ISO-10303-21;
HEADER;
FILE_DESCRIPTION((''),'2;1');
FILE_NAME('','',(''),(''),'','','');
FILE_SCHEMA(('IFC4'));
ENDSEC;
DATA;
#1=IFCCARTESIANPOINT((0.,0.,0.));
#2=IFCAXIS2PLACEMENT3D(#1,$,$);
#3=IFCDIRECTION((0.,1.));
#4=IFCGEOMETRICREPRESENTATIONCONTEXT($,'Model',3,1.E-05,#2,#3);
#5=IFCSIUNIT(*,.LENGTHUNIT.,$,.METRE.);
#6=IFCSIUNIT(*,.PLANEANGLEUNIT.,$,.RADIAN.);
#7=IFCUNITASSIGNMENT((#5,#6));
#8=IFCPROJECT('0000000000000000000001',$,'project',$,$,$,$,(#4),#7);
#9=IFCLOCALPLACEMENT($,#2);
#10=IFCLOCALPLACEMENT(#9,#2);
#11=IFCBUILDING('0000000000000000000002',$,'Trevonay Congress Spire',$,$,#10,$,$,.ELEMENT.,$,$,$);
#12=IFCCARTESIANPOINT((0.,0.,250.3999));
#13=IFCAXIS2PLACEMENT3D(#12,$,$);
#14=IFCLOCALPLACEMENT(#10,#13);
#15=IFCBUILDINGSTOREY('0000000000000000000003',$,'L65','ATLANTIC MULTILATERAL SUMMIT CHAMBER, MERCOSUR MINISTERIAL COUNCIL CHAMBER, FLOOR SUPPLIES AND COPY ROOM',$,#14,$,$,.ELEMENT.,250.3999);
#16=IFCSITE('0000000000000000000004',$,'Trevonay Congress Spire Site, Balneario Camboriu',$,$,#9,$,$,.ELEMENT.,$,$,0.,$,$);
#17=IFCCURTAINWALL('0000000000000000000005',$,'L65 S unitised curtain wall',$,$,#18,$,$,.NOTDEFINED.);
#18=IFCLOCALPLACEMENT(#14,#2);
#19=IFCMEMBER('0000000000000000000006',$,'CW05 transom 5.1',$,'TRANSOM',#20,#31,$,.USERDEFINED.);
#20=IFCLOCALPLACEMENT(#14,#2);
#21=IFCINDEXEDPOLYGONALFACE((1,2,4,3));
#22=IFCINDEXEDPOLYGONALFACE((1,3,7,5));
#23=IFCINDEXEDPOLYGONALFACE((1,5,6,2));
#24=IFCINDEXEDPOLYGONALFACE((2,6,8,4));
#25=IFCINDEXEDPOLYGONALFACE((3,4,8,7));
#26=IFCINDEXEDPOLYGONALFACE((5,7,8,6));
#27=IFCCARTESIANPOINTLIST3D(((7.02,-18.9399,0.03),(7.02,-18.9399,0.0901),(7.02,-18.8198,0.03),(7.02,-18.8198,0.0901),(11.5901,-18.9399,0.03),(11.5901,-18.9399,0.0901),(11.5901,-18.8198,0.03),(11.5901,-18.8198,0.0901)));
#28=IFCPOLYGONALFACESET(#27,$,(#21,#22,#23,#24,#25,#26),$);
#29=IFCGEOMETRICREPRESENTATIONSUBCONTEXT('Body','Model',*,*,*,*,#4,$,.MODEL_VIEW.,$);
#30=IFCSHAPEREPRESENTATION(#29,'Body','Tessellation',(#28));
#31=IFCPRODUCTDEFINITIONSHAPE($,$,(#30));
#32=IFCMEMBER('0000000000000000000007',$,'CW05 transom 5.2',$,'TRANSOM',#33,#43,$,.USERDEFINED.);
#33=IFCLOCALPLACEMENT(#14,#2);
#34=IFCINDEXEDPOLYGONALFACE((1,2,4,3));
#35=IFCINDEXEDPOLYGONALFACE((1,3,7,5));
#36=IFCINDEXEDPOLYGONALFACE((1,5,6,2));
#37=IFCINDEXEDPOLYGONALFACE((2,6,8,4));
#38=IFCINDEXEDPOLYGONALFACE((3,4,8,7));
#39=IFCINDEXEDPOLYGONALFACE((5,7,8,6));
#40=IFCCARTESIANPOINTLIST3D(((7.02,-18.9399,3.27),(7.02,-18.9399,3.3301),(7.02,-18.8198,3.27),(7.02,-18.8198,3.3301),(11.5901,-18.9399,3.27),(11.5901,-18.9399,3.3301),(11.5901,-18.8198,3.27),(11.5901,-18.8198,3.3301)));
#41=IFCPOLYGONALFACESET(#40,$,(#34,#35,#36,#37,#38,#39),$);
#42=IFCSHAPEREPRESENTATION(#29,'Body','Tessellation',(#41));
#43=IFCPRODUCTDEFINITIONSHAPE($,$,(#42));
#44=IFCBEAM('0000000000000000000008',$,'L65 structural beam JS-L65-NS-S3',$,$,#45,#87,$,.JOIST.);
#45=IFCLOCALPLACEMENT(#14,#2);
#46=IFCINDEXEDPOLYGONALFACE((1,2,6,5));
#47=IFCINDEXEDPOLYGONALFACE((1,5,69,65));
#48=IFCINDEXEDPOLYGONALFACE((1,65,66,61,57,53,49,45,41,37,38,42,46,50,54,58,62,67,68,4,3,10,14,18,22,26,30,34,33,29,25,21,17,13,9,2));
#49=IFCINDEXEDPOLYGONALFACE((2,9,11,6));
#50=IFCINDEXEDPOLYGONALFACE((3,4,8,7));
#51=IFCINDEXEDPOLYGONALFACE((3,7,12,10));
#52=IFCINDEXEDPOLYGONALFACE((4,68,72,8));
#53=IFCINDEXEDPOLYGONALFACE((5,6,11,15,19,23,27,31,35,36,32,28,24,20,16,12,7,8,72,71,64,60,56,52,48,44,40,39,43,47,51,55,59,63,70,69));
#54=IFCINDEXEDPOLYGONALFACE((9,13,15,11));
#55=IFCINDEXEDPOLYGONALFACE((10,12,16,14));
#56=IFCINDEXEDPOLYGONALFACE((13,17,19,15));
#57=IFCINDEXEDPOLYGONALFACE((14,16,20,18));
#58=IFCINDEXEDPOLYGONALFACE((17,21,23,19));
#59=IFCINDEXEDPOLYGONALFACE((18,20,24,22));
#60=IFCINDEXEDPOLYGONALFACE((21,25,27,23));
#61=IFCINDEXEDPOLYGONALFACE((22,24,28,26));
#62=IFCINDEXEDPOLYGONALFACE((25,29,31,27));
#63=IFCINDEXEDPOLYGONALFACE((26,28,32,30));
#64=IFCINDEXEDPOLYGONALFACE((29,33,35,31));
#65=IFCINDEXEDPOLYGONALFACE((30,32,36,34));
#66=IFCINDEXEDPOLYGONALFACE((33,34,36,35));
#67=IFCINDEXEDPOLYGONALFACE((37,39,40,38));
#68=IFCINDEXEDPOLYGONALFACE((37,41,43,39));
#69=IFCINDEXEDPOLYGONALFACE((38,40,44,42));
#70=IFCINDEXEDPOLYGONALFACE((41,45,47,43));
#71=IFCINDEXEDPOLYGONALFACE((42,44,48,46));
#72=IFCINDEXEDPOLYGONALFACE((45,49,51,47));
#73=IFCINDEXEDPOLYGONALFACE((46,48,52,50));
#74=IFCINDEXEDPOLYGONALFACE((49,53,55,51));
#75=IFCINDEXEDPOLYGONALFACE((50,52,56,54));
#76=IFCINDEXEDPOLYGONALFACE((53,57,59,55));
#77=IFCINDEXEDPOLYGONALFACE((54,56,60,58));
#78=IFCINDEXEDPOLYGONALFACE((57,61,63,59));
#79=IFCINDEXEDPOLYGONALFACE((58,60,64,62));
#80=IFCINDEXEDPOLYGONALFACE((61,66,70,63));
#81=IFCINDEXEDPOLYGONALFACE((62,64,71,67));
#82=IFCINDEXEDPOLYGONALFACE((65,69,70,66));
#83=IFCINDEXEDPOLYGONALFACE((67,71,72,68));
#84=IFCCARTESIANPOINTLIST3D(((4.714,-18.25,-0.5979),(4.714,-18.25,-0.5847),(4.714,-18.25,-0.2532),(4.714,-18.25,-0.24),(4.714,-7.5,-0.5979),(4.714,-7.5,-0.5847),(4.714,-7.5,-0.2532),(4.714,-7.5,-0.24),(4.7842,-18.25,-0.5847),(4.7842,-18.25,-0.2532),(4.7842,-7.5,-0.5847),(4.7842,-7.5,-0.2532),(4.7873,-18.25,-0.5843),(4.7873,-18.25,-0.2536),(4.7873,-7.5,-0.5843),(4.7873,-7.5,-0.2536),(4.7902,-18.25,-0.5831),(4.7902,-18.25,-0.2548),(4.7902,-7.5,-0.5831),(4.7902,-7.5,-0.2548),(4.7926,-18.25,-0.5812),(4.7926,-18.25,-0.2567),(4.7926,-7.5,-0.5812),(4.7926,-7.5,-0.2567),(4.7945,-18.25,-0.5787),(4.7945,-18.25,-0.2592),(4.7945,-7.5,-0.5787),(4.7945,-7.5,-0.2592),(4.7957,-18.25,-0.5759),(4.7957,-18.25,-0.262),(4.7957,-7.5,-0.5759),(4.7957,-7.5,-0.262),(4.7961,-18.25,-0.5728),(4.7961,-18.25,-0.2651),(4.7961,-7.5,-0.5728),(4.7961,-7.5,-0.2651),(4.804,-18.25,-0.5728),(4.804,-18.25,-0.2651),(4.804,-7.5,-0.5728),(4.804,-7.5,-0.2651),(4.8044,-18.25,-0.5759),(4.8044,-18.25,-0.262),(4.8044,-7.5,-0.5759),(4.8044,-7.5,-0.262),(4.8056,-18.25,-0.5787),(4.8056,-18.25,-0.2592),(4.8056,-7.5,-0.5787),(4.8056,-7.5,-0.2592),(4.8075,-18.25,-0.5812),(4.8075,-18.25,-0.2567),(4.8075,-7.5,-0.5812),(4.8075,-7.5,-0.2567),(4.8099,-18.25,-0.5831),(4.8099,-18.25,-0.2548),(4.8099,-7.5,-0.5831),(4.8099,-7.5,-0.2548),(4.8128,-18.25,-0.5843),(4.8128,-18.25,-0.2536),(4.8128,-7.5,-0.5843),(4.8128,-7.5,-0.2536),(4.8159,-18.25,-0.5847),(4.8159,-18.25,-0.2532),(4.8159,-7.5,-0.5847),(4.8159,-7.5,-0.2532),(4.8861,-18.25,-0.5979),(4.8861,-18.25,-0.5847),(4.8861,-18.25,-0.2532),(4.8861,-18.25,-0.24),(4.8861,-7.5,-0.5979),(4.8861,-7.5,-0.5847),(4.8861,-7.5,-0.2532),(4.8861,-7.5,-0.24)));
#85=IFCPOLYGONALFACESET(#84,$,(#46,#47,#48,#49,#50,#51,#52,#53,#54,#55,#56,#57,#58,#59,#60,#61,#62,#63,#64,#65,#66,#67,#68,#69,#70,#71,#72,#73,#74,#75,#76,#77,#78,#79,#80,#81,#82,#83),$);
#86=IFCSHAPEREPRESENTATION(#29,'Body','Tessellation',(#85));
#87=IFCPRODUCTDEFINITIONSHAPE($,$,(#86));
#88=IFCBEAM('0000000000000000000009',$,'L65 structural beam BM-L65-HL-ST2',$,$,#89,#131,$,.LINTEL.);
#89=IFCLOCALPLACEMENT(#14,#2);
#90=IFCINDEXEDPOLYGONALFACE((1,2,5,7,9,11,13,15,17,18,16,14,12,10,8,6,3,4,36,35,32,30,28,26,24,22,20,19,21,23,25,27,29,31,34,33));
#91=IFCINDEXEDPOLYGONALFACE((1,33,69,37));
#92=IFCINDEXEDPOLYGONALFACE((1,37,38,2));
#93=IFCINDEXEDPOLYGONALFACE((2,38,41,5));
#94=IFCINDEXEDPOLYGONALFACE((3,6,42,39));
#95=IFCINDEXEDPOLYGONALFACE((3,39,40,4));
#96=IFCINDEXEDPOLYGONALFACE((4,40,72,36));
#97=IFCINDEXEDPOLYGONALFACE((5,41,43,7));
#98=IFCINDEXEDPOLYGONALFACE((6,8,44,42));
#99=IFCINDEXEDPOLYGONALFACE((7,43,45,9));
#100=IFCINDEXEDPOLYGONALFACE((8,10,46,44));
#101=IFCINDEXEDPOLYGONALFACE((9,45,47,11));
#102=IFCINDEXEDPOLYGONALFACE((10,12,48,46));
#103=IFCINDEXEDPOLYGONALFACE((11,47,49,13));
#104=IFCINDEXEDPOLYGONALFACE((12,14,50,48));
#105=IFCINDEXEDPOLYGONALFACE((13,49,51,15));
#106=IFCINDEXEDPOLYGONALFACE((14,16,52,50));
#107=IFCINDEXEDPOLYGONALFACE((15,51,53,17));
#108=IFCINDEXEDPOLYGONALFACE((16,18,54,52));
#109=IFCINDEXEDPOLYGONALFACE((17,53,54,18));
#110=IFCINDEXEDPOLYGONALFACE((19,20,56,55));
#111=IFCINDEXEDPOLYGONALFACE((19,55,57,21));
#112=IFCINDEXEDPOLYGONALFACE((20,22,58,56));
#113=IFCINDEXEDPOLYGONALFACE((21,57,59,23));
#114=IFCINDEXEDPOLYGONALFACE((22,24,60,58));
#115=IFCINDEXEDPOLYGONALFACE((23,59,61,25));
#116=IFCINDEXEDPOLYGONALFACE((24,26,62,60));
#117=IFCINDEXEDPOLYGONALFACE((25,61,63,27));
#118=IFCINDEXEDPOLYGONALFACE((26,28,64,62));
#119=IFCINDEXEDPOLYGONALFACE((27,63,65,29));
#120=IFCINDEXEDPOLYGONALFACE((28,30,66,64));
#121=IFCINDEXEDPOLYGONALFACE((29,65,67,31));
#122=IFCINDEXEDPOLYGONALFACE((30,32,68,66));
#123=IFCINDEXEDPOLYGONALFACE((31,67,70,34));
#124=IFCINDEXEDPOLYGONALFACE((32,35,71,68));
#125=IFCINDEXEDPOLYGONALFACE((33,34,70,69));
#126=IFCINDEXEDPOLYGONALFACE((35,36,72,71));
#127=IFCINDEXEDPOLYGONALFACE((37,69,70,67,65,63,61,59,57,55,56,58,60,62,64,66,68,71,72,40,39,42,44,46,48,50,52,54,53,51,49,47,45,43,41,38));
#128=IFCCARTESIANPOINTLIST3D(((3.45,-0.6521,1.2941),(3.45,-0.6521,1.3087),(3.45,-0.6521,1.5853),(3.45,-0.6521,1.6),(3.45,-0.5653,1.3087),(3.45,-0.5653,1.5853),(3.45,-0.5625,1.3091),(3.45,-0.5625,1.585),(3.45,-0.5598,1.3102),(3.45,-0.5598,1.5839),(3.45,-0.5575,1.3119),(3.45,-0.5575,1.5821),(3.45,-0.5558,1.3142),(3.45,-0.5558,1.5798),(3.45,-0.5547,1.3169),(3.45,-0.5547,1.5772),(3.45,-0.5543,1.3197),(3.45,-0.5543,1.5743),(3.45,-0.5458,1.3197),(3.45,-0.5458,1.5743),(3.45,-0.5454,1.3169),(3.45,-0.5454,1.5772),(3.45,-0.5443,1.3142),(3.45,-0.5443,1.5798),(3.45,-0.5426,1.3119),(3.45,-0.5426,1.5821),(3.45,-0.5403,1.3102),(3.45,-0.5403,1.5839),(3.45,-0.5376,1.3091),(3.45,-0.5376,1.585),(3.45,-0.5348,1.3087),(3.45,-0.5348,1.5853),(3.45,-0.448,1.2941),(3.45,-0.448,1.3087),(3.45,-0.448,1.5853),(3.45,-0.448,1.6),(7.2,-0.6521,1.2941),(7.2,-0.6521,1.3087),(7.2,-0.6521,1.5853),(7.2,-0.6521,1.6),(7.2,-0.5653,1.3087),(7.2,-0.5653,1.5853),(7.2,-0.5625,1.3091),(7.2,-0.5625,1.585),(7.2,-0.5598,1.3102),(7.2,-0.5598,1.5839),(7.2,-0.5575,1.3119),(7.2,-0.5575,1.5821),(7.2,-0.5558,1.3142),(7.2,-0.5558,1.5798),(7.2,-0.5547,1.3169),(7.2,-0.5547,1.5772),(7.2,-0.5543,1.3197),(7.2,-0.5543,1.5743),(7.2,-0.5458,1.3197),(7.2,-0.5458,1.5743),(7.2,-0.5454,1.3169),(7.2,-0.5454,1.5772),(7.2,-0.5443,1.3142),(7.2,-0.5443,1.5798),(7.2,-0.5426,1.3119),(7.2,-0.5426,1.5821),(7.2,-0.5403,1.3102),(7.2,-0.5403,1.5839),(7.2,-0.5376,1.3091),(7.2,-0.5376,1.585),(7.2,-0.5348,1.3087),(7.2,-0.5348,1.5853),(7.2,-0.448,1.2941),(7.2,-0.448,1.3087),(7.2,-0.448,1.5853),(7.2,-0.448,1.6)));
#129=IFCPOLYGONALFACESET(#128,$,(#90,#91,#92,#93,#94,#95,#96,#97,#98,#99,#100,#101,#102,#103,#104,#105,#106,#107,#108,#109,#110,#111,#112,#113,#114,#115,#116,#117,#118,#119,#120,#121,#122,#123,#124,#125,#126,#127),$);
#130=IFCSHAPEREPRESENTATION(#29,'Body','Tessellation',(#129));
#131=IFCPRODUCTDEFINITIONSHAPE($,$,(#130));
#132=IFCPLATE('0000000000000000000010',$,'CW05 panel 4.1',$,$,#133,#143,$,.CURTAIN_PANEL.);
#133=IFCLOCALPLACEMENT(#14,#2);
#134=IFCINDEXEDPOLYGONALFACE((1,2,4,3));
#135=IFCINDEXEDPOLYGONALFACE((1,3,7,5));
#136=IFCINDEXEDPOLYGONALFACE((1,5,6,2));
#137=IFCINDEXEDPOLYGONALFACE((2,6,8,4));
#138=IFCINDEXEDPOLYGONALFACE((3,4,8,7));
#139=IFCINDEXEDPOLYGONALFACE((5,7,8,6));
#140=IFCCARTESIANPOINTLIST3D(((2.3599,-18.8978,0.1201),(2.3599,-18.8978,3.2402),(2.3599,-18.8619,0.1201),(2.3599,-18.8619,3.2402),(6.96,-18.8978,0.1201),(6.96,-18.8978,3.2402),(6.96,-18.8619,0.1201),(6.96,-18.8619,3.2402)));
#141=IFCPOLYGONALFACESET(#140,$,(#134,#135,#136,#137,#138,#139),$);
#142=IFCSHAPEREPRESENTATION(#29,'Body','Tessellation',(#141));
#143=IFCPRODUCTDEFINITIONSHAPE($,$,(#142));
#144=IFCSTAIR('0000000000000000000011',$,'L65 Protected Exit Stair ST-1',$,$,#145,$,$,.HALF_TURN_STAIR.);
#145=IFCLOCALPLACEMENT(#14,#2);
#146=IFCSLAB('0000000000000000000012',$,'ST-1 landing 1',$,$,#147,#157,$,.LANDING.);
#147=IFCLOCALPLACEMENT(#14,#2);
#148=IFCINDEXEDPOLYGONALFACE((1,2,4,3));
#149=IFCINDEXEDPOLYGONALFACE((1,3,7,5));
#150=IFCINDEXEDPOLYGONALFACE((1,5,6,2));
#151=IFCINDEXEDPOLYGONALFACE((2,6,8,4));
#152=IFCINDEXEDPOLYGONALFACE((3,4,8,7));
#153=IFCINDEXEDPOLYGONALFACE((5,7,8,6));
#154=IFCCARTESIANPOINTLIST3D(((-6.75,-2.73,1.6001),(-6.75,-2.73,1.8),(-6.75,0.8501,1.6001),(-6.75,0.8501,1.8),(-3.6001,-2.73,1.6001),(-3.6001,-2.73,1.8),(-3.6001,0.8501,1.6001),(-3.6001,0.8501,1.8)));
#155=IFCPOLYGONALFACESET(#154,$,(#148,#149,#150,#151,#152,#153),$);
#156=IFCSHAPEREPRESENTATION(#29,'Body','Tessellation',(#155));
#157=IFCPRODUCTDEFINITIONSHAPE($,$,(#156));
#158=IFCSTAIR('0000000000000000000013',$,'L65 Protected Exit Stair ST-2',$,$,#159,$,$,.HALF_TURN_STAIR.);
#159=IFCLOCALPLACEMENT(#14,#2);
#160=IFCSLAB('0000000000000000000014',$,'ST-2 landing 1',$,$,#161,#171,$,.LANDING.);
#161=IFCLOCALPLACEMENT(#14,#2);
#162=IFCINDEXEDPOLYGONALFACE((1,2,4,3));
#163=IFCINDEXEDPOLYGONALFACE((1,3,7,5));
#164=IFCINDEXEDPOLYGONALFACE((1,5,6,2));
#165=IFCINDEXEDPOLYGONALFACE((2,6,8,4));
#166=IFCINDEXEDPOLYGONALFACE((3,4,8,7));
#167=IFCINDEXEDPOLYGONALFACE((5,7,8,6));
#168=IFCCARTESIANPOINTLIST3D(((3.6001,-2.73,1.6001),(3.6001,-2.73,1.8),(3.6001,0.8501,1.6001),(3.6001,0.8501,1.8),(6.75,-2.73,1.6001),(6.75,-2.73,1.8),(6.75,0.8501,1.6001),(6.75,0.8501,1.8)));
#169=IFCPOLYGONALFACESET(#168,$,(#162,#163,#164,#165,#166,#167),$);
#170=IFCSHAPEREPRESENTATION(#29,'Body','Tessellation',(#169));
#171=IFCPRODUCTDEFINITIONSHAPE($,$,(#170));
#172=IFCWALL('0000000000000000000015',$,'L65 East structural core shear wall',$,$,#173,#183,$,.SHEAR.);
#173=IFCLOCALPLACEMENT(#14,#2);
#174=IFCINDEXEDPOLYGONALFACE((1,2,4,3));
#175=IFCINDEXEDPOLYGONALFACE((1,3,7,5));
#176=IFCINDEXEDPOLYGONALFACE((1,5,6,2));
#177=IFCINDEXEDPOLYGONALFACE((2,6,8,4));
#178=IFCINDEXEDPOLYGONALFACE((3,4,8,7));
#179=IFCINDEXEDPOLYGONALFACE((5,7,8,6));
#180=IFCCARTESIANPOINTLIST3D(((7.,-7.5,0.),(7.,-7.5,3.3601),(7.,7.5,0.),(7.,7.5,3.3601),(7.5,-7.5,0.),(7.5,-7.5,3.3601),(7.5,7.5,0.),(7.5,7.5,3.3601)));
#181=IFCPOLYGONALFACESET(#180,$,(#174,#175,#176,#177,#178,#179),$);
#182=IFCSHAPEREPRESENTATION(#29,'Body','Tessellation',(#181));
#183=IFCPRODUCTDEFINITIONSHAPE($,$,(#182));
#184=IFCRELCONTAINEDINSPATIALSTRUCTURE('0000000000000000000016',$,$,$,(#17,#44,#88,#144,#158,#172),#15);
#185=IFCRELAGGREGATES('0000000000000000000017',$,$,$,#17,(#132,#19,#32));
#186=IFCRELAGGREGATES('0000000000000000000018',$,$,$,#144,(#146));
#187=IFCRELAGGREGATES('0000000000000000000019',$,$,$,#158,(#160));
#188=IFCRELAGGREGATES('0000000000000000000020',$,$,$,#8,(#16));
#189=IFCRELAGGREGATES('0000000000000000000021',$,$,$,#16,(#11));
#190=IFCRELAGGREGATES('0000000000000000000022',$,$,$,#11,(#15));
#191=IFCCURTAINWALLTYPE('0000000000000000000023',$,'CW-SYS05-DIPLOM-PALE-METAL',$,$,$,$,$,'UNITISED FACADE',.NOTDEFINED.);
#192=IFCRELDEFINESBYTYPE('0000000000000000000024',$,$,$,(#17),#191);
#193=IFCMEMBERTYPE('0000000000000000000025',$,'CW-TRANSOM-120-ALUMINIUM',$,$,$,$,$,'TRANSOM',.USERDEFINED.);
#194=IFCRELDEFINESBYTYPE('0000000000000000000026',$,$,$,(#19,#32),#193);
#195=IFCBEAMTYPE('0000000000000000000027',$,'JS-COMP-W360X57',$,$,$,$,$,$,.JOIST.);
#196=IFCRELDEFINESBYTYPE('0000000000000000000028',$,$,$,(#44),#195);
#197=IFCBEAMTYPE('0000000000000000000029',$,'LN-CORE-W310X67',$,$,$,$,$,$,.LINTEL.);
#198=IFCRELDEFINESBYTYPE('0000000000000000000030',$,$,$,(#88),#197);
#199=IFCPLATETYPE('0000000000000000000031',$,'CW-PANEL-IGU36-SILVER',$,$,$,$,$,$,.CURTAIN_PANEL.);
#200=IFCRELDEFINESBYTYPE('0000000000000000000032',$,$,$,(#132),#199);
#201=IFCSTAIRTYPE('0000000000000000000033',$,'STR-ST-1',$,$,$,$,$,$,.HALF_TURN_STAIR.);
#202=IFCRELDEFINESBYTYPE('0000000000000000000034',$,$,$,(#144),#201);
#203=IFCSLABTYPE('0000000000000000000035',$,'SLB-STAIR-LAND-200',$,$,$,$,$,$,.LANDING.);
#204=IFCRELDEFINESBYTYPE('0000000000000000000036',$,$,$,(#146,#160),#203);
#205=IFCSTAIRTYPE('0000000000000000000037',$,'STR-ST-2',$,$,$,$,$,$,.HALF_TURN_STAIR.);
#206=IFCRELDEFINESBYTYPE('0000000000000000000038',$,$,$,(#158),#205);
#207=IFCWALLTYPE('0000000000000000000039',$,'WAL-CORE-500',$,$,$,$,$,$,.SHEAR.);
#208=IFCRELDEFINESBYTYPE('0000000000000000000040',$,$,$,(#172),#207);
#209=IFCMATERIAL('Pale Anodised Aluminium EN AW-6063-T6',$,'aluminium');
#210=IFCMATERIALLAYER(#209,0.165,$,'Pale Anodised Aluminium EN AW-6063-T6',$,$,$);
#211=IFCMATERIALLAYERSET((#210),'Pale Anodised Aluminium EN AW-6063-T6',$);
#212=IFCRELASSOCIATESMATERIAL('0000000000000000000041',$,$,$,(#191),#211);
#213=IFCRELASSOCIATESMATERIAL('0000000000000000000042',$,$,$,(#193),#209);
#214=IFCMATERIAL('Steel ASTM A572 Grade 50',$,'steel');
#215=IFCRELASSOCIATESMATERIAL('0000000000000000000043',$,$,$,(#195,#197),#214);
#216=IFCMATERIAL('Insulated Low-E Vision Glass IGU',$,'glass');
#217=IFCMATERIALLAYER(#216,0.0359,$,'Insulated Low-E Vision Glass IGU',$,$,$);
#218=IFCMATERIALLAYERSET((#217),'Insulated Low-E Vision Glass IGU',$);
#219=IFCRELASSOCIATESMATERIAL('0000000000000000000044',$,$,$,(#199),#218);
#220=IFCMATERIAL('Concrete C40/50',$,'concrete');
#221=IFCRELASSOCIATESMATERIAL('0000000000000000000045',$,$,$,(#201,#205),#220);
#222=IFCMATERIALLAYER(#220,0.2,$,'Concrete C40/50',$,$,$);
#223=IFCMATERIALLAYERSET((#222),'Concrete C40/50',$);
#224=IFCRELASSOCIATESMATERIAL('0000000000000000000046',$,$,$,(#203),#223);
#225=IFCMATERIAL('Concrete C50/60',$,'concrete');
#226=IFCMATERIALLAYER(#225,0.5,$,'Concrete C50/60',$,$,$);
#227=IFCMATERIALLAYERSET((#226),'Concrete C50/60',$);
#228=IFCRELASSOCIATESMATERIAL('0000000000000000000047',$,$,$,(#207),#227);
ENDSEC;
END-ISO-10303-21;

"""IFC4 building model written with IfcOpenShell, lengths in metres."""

from ifc_helpers import new_model, si_unit, direction, frame, frame_2d, origin, origin_2d, place, context, subcontext, project, spatial, polyline, rectangle, i_section, outline, extrude, material, layer, layer_set, material_profile, profile_set, type_object, element, aggregate, save


model = new_model("IFC4")

# Units and contexts
model_context = context("Model", 3, precision=1e-05, world=origin(), true_north=direction((0.0, 1.0)))
body_context = subcontext(model_context, "Body", "Model", "MODEL_VIEW")
ifc_project = project(units=[si_unit("LENGTHUNIT", "METRE"), si_unit("PLANEANGLEUNIT", "RADIAN")], contexts=[model_context])

# Site, building, storey
site_placement = place(None, origin())
site = spatial("IfcSite", under=ifc_project, at=site_placement, Name="Trevonay Congress Spire Site, Balneario Camboriu", CompositionType="ELEMENT", RefElevation=0.0)
building_placement = place(site_placement, origin())
building = spatial("IfcBuilding", under=site, at=building_placement, Name="Trevonay Congress Spire", CompositionType="ELEMENT")
storey_placement = place(building_placement, frame((0.0, 0.0, 250.3999)))
storey = spatial("IfcBuildingStorey", under=building, at=storey_placement, Name="L65", Description="ATLANTIC MULTILATERAL SUMMIT CHAMBER, MERCOSUR MINISTERIAL COUNCIL CHAMBER, FLOOR SUPPLIES AND COPY ROOM", CompositionType="ELEMENT", Elevation=250.3999)

# Shared definitions
ifc_material_1 = material(Name="Steel ASTM A572 Grade 50", Category="steel")

# Curtain wall, members
ifc_material_2 = material(Name="Pale Anodised Aluminium EN AW-6063-T6", Category="aluminium")
ifc_layer_1 = layer(ifc_material_2, 0.165, Name="Pale Anodised Aluminium EN AW-6063-T6")
ifc_layer_set_1 = layer_set([ifc_layer_1], Name="Pale Anodised Aluminium EN AW-6063-T6")
curtain_wall_type = type_object("IfcCurtainWallType", Name="CW-SYS05-DIPLOM-PALE-METAL", ElementType="UNITISED FACADE", PredefinedType="NOTDEFINED", material=ifc_layer_set_1)
curtain_wall_placement = place(storey_placement, origin())
curtain_wall = element("IfcCurtainWall", 1, at=curtain_wall_placement, inside=storey, type_object=curtain_wall_type, Name="L65 S unitised curtain wall", PredefinedType="NOTDEFINED")
ifc_material_profile_1 = material_profile(ifc_material_2, rectangle(XDim=0.1201, YDim=0.0601, at=origin_2d()), Name="CW-TRANSOM-120-ALUMINIUM")
ifc_profile_set_1 = profile_set([ifc_material_profile_1], Name="Pale Anodised Aluminium EN AW-6063-T6")
member_type_1 = type_object("IfcMemberType", Name="CW-TRANSOM-120-ALUMINIUM", ElementType="TRANSOM", PredefinedType="USERDEFINED", material=ifc_profile_set_1)
member_1_placement = place(storey_placement, frame((7.02, -18.8799, 0.0601), z_axis=(1.0, 0.0, 0.0), x_axis=(0.0, 1.0, 0.0)))
member_1 = element("IfcMember", 2, at=member_1_placement, type_object=member_type_1, Name="CW05 transom 5.1", ObjectType="TRANSOM", PredefinedType="USERDEFINED", context=body_context, shape_type="SweptSolid", body=[
    extrude(rectangle(XDim=0.1201, YDim=0.0601, at=origin_2d()), origin(), (0.0, 0.0, 1.0), 4.5701),
])
member_2_placement = place(storey_placement, frame((7.02, -18.8799, 3.3), z_axis=(1.0, 0.0, 0.0), x_axis=(0.0, 1.0, 0.0)))
member_2 = element("IfcMember", 3, at=member_2_placement, type_object=member_type_1, Name="CW05 transom 5.2", ObjectType="TRANSOM", PredefinedType="USERDEFINED", context=body_context, shape_type="SweptSolid", body=[
    extrude(rectangle(XDim=0.1201, YDim=0.0601, at=origin_2d()), origin(), (0.0, 0.0, 1.0), 4.5701),
])

# Beams
ifc_material_profile_2 = material_profile(ifc_material_1, i_section(OverallWidth=0.1721, OverallDepth=0.3579, WebThickness=0.0078, FlangeThickness=0.0132, FilletRadius=0.012, at=origin_2d()), Name="W360x57.8")
ifc_profile_set_2 = profile_set([ifc_material_profile_2], Name="Steel ASTM A572 Grade 50")
beam_type_1 = type_object("IfcBeamType", Name="JS-COMP-W360X57", PredefinedType="JOIST", material=ifc_profile_set_2)
beam_1_placement = place(storey_placement, frame((4.8, -18.25, -0.4189), z_axis=(0.0, 1.0, 0.0), x_axis=(-1.0, 0.0, 0.0)))
element("IfcBeam", 4, at=beam_1_placement, inside=storey, type_object=beam_type_1, Name="L65 structural beam JS-L65-NS-S3", PredefinedType="JOIST", context=body_context, shape_type="SweptSolid", body=[
    extrude(i_section(OverallWidth=0.1721, OverallDepth=0.3579, WebThickness=0.0078, FlangeThickness=0.0132, FilletRadius=0.012, at=origin_2d()), origin(), (0.0, 0.0, 1.0), 10.75),
])
ifc_material_profile_3 = material_profile(ifc_material_1, i_section(OverallWidth=0.2041, OverallDepth=0.3059, WebThickness=0.0085, FlangeThickness=0.0146, FilletRadius=0.011, at=origin_2d()), Name="W310x67")
ifc_profile_set_3 = profile_set([ifc_material_profile_3], Name="Steel ASTM A572 Grade 50")
beam_type_2 = type_object("IfcBeamType", Name="LN-CORE-W310X67", PredefinedType="LINTEL", material=ifc_profile_set_3)
beam_2_placement = place(storey_placement, frame((3.45, -0.55, 1.447), z_axis=(1.0, 0.0, 0.0), x_axis=(0.0, 1.0, 0.0)))
element("IfcBeam", 5, at=beam_2_placement, inside=storey, type_object=beam_type_2, Name="L65 structural beam BM-L65-HL-ST2", PredefinedType="LINTEL", context=body_context, shape_type="SweptSolid", body=[
    extrude(i_section(OverallWidth=0.2041, OverallDepth=0.3059, WebThickness=0.0085, FlangeThickness=0.0146, FilletRadius=0.011, at=origin_2d()), origin(), (0.0, 0.0, 1.0), 3.75),
])

# Plate
ifc_material_3 = material(Name="Insulated Low-E Vision Glass IGU", Category="glass")
ifc_layer_2 = layer(ifc_material_3, 0.0359, Name="Insulated Low-E Vision Glass IGU")
ifc_layer_set_2 = layer_set([ifc_layer_2], Name="Insulated Low-E Vision Glass IGU")
plate_type = type_object("IfcPlateType", Name="CW-PANEL-IGU36-SILVER", PredefinedType="CURTAIN_PANEL", material=ifc_layer_set_2)
plate_placement = place(storey_placement, frame((4.6599, -18.8799, 0.1201), z_axis=(0.0, 0.0, 1.0), x_axis=(1.0, 0.0, 0.0)))
plate = element("IfcPlate", 6, at=plate_placement, type_object=plate_type, Name="CW05 panel 4.1", PredefinedType="CURTAIN_PANEL", context=body_context, shape_type="SweptSolid", body=[
    extrude(rectangle(XDim=4.6001, YDim=0.0359, at=origin_2d()), origin(), (0.0, 0.0, 1.0), 3.1201),
])
aggregate(curtain_wall, [plate, member_1, member_2])

# Stairs, slabs
ifc_material_4 = material(Name="Concrete C40/50", Category="concrete")
stair_type_1 = type_object("IfcStairType", Name="STR-ST-1", PredefinedType="HALF_TURN_STAIR", material=ifc_material_4)
stair_1_placement = place(storey_placement, origin())
stair_1 = element("IfcStair", 7, at=stair_1_placement, inside=storey, type_object=stair_type_1, Name="L65 Protected Exit Stair ST-1", PredefinedType="HALF_TURN_STAIR")
ifc_layer_3 = layer(ifc_material_4, 0.2, Name="Concrete C40/50")
ifc_layer_set_3 = layer_set([ifc_layer_3], Name="Concrete C40/50")
slab_type = type_object("IfcSlabType", Name="SLB-STAIR-LAND-200", PredefinedType="LANDING", material=ifc_layer_set_3)
slab_1_placement = place(storey_placement, frame((0.0, 0.0, 1.6001)))
slab_1 = element("IfcSlab", 8, at=slab_1_placement, type_object=slab_type, Name="ST-1 landing 1", PredefinedType="LANDING", context=body_context, shape_type="SweptSolid", body=[
    extrude(outline(polyline([(-3.6001, -2.73), (-3.6001, 0.8501), (-6.75, 0.8501), (-6.75, -2.73), (-3.6001, -2.73)])), origin(), (0.0, 0.0, 1.0), 0.2),
])
aggregate(stair_1, [slab_1])
stair_type_2 = type_object("IfcStairType", Name="STR-ST-2", PredefinedType="HALF_TURN_STAIR", material=ifc_material_4)
stair_2_placement = place(storey_placement, origin())
stair_2 = element("IfcStair", 9, at=stair_2_placement, inside=storey, type_object=stair_type_2, Name="L65 Protected Exit Stair ST-2", PredefinedType="HALF_TURN_STAIR")
slab_2_placement = place(storey_placement, frame((0.0, 0.0, 1.6001)))
slab_2 = element("IfcSlab", 10, at=slab_2_placement, type_object=slab_type, Name="ST-2 landing 1", PredefinedType="LANDING", context=body_context, shape_type="SweptSolid", body=[
    extrude(outline(polyline([(6.75, -2.73), (6.75, 0.8501), (3.6001, 0.8501), (3.6001, -2.73), (6.75, -2.73)])), origin(), (0.0, 0.0, 1.0), 0.2),
])

# Wall
ifc_material_5 = material(Name="Concrete C50/60", Category="concrete")
ifc_layer_4 = layer(ifc_material_5, 0.5, Name="Concrete C50/60")
ifc_layer_set_4 = layer_set([ifc_layer_4], Name="Concrete C50/60")
wall_type_1 = type_object("IfcWallType", Name="WAL-CORE-500", PredefinedType="SHEAR", material=ifc_layer_set_4)
wall_1_placement = place(storey_placement, frame((7.25, -7.5, 0.0), z_axis=(0.0, 0.0, 1.0), x_axis=(0.0, 1.0, 0.0)))
element("IfcWall", 11, at=wall_1_placement, inside=storey, type_object=wall_type_1, Name="L65 East structural core shear wall", PredefinedType="SHEAR", context=body_context, shape_type="SweptSolid", body=[
    extrude(rectangle(XDim=15.0, YDim=0.5, at=frame_2d((7.5, 0.0))), origin(), (0.0, 0.0, 1.0), 3.3601),
])

aggregate(stair_2, [slab_2])

save(model, "model.ifc")
